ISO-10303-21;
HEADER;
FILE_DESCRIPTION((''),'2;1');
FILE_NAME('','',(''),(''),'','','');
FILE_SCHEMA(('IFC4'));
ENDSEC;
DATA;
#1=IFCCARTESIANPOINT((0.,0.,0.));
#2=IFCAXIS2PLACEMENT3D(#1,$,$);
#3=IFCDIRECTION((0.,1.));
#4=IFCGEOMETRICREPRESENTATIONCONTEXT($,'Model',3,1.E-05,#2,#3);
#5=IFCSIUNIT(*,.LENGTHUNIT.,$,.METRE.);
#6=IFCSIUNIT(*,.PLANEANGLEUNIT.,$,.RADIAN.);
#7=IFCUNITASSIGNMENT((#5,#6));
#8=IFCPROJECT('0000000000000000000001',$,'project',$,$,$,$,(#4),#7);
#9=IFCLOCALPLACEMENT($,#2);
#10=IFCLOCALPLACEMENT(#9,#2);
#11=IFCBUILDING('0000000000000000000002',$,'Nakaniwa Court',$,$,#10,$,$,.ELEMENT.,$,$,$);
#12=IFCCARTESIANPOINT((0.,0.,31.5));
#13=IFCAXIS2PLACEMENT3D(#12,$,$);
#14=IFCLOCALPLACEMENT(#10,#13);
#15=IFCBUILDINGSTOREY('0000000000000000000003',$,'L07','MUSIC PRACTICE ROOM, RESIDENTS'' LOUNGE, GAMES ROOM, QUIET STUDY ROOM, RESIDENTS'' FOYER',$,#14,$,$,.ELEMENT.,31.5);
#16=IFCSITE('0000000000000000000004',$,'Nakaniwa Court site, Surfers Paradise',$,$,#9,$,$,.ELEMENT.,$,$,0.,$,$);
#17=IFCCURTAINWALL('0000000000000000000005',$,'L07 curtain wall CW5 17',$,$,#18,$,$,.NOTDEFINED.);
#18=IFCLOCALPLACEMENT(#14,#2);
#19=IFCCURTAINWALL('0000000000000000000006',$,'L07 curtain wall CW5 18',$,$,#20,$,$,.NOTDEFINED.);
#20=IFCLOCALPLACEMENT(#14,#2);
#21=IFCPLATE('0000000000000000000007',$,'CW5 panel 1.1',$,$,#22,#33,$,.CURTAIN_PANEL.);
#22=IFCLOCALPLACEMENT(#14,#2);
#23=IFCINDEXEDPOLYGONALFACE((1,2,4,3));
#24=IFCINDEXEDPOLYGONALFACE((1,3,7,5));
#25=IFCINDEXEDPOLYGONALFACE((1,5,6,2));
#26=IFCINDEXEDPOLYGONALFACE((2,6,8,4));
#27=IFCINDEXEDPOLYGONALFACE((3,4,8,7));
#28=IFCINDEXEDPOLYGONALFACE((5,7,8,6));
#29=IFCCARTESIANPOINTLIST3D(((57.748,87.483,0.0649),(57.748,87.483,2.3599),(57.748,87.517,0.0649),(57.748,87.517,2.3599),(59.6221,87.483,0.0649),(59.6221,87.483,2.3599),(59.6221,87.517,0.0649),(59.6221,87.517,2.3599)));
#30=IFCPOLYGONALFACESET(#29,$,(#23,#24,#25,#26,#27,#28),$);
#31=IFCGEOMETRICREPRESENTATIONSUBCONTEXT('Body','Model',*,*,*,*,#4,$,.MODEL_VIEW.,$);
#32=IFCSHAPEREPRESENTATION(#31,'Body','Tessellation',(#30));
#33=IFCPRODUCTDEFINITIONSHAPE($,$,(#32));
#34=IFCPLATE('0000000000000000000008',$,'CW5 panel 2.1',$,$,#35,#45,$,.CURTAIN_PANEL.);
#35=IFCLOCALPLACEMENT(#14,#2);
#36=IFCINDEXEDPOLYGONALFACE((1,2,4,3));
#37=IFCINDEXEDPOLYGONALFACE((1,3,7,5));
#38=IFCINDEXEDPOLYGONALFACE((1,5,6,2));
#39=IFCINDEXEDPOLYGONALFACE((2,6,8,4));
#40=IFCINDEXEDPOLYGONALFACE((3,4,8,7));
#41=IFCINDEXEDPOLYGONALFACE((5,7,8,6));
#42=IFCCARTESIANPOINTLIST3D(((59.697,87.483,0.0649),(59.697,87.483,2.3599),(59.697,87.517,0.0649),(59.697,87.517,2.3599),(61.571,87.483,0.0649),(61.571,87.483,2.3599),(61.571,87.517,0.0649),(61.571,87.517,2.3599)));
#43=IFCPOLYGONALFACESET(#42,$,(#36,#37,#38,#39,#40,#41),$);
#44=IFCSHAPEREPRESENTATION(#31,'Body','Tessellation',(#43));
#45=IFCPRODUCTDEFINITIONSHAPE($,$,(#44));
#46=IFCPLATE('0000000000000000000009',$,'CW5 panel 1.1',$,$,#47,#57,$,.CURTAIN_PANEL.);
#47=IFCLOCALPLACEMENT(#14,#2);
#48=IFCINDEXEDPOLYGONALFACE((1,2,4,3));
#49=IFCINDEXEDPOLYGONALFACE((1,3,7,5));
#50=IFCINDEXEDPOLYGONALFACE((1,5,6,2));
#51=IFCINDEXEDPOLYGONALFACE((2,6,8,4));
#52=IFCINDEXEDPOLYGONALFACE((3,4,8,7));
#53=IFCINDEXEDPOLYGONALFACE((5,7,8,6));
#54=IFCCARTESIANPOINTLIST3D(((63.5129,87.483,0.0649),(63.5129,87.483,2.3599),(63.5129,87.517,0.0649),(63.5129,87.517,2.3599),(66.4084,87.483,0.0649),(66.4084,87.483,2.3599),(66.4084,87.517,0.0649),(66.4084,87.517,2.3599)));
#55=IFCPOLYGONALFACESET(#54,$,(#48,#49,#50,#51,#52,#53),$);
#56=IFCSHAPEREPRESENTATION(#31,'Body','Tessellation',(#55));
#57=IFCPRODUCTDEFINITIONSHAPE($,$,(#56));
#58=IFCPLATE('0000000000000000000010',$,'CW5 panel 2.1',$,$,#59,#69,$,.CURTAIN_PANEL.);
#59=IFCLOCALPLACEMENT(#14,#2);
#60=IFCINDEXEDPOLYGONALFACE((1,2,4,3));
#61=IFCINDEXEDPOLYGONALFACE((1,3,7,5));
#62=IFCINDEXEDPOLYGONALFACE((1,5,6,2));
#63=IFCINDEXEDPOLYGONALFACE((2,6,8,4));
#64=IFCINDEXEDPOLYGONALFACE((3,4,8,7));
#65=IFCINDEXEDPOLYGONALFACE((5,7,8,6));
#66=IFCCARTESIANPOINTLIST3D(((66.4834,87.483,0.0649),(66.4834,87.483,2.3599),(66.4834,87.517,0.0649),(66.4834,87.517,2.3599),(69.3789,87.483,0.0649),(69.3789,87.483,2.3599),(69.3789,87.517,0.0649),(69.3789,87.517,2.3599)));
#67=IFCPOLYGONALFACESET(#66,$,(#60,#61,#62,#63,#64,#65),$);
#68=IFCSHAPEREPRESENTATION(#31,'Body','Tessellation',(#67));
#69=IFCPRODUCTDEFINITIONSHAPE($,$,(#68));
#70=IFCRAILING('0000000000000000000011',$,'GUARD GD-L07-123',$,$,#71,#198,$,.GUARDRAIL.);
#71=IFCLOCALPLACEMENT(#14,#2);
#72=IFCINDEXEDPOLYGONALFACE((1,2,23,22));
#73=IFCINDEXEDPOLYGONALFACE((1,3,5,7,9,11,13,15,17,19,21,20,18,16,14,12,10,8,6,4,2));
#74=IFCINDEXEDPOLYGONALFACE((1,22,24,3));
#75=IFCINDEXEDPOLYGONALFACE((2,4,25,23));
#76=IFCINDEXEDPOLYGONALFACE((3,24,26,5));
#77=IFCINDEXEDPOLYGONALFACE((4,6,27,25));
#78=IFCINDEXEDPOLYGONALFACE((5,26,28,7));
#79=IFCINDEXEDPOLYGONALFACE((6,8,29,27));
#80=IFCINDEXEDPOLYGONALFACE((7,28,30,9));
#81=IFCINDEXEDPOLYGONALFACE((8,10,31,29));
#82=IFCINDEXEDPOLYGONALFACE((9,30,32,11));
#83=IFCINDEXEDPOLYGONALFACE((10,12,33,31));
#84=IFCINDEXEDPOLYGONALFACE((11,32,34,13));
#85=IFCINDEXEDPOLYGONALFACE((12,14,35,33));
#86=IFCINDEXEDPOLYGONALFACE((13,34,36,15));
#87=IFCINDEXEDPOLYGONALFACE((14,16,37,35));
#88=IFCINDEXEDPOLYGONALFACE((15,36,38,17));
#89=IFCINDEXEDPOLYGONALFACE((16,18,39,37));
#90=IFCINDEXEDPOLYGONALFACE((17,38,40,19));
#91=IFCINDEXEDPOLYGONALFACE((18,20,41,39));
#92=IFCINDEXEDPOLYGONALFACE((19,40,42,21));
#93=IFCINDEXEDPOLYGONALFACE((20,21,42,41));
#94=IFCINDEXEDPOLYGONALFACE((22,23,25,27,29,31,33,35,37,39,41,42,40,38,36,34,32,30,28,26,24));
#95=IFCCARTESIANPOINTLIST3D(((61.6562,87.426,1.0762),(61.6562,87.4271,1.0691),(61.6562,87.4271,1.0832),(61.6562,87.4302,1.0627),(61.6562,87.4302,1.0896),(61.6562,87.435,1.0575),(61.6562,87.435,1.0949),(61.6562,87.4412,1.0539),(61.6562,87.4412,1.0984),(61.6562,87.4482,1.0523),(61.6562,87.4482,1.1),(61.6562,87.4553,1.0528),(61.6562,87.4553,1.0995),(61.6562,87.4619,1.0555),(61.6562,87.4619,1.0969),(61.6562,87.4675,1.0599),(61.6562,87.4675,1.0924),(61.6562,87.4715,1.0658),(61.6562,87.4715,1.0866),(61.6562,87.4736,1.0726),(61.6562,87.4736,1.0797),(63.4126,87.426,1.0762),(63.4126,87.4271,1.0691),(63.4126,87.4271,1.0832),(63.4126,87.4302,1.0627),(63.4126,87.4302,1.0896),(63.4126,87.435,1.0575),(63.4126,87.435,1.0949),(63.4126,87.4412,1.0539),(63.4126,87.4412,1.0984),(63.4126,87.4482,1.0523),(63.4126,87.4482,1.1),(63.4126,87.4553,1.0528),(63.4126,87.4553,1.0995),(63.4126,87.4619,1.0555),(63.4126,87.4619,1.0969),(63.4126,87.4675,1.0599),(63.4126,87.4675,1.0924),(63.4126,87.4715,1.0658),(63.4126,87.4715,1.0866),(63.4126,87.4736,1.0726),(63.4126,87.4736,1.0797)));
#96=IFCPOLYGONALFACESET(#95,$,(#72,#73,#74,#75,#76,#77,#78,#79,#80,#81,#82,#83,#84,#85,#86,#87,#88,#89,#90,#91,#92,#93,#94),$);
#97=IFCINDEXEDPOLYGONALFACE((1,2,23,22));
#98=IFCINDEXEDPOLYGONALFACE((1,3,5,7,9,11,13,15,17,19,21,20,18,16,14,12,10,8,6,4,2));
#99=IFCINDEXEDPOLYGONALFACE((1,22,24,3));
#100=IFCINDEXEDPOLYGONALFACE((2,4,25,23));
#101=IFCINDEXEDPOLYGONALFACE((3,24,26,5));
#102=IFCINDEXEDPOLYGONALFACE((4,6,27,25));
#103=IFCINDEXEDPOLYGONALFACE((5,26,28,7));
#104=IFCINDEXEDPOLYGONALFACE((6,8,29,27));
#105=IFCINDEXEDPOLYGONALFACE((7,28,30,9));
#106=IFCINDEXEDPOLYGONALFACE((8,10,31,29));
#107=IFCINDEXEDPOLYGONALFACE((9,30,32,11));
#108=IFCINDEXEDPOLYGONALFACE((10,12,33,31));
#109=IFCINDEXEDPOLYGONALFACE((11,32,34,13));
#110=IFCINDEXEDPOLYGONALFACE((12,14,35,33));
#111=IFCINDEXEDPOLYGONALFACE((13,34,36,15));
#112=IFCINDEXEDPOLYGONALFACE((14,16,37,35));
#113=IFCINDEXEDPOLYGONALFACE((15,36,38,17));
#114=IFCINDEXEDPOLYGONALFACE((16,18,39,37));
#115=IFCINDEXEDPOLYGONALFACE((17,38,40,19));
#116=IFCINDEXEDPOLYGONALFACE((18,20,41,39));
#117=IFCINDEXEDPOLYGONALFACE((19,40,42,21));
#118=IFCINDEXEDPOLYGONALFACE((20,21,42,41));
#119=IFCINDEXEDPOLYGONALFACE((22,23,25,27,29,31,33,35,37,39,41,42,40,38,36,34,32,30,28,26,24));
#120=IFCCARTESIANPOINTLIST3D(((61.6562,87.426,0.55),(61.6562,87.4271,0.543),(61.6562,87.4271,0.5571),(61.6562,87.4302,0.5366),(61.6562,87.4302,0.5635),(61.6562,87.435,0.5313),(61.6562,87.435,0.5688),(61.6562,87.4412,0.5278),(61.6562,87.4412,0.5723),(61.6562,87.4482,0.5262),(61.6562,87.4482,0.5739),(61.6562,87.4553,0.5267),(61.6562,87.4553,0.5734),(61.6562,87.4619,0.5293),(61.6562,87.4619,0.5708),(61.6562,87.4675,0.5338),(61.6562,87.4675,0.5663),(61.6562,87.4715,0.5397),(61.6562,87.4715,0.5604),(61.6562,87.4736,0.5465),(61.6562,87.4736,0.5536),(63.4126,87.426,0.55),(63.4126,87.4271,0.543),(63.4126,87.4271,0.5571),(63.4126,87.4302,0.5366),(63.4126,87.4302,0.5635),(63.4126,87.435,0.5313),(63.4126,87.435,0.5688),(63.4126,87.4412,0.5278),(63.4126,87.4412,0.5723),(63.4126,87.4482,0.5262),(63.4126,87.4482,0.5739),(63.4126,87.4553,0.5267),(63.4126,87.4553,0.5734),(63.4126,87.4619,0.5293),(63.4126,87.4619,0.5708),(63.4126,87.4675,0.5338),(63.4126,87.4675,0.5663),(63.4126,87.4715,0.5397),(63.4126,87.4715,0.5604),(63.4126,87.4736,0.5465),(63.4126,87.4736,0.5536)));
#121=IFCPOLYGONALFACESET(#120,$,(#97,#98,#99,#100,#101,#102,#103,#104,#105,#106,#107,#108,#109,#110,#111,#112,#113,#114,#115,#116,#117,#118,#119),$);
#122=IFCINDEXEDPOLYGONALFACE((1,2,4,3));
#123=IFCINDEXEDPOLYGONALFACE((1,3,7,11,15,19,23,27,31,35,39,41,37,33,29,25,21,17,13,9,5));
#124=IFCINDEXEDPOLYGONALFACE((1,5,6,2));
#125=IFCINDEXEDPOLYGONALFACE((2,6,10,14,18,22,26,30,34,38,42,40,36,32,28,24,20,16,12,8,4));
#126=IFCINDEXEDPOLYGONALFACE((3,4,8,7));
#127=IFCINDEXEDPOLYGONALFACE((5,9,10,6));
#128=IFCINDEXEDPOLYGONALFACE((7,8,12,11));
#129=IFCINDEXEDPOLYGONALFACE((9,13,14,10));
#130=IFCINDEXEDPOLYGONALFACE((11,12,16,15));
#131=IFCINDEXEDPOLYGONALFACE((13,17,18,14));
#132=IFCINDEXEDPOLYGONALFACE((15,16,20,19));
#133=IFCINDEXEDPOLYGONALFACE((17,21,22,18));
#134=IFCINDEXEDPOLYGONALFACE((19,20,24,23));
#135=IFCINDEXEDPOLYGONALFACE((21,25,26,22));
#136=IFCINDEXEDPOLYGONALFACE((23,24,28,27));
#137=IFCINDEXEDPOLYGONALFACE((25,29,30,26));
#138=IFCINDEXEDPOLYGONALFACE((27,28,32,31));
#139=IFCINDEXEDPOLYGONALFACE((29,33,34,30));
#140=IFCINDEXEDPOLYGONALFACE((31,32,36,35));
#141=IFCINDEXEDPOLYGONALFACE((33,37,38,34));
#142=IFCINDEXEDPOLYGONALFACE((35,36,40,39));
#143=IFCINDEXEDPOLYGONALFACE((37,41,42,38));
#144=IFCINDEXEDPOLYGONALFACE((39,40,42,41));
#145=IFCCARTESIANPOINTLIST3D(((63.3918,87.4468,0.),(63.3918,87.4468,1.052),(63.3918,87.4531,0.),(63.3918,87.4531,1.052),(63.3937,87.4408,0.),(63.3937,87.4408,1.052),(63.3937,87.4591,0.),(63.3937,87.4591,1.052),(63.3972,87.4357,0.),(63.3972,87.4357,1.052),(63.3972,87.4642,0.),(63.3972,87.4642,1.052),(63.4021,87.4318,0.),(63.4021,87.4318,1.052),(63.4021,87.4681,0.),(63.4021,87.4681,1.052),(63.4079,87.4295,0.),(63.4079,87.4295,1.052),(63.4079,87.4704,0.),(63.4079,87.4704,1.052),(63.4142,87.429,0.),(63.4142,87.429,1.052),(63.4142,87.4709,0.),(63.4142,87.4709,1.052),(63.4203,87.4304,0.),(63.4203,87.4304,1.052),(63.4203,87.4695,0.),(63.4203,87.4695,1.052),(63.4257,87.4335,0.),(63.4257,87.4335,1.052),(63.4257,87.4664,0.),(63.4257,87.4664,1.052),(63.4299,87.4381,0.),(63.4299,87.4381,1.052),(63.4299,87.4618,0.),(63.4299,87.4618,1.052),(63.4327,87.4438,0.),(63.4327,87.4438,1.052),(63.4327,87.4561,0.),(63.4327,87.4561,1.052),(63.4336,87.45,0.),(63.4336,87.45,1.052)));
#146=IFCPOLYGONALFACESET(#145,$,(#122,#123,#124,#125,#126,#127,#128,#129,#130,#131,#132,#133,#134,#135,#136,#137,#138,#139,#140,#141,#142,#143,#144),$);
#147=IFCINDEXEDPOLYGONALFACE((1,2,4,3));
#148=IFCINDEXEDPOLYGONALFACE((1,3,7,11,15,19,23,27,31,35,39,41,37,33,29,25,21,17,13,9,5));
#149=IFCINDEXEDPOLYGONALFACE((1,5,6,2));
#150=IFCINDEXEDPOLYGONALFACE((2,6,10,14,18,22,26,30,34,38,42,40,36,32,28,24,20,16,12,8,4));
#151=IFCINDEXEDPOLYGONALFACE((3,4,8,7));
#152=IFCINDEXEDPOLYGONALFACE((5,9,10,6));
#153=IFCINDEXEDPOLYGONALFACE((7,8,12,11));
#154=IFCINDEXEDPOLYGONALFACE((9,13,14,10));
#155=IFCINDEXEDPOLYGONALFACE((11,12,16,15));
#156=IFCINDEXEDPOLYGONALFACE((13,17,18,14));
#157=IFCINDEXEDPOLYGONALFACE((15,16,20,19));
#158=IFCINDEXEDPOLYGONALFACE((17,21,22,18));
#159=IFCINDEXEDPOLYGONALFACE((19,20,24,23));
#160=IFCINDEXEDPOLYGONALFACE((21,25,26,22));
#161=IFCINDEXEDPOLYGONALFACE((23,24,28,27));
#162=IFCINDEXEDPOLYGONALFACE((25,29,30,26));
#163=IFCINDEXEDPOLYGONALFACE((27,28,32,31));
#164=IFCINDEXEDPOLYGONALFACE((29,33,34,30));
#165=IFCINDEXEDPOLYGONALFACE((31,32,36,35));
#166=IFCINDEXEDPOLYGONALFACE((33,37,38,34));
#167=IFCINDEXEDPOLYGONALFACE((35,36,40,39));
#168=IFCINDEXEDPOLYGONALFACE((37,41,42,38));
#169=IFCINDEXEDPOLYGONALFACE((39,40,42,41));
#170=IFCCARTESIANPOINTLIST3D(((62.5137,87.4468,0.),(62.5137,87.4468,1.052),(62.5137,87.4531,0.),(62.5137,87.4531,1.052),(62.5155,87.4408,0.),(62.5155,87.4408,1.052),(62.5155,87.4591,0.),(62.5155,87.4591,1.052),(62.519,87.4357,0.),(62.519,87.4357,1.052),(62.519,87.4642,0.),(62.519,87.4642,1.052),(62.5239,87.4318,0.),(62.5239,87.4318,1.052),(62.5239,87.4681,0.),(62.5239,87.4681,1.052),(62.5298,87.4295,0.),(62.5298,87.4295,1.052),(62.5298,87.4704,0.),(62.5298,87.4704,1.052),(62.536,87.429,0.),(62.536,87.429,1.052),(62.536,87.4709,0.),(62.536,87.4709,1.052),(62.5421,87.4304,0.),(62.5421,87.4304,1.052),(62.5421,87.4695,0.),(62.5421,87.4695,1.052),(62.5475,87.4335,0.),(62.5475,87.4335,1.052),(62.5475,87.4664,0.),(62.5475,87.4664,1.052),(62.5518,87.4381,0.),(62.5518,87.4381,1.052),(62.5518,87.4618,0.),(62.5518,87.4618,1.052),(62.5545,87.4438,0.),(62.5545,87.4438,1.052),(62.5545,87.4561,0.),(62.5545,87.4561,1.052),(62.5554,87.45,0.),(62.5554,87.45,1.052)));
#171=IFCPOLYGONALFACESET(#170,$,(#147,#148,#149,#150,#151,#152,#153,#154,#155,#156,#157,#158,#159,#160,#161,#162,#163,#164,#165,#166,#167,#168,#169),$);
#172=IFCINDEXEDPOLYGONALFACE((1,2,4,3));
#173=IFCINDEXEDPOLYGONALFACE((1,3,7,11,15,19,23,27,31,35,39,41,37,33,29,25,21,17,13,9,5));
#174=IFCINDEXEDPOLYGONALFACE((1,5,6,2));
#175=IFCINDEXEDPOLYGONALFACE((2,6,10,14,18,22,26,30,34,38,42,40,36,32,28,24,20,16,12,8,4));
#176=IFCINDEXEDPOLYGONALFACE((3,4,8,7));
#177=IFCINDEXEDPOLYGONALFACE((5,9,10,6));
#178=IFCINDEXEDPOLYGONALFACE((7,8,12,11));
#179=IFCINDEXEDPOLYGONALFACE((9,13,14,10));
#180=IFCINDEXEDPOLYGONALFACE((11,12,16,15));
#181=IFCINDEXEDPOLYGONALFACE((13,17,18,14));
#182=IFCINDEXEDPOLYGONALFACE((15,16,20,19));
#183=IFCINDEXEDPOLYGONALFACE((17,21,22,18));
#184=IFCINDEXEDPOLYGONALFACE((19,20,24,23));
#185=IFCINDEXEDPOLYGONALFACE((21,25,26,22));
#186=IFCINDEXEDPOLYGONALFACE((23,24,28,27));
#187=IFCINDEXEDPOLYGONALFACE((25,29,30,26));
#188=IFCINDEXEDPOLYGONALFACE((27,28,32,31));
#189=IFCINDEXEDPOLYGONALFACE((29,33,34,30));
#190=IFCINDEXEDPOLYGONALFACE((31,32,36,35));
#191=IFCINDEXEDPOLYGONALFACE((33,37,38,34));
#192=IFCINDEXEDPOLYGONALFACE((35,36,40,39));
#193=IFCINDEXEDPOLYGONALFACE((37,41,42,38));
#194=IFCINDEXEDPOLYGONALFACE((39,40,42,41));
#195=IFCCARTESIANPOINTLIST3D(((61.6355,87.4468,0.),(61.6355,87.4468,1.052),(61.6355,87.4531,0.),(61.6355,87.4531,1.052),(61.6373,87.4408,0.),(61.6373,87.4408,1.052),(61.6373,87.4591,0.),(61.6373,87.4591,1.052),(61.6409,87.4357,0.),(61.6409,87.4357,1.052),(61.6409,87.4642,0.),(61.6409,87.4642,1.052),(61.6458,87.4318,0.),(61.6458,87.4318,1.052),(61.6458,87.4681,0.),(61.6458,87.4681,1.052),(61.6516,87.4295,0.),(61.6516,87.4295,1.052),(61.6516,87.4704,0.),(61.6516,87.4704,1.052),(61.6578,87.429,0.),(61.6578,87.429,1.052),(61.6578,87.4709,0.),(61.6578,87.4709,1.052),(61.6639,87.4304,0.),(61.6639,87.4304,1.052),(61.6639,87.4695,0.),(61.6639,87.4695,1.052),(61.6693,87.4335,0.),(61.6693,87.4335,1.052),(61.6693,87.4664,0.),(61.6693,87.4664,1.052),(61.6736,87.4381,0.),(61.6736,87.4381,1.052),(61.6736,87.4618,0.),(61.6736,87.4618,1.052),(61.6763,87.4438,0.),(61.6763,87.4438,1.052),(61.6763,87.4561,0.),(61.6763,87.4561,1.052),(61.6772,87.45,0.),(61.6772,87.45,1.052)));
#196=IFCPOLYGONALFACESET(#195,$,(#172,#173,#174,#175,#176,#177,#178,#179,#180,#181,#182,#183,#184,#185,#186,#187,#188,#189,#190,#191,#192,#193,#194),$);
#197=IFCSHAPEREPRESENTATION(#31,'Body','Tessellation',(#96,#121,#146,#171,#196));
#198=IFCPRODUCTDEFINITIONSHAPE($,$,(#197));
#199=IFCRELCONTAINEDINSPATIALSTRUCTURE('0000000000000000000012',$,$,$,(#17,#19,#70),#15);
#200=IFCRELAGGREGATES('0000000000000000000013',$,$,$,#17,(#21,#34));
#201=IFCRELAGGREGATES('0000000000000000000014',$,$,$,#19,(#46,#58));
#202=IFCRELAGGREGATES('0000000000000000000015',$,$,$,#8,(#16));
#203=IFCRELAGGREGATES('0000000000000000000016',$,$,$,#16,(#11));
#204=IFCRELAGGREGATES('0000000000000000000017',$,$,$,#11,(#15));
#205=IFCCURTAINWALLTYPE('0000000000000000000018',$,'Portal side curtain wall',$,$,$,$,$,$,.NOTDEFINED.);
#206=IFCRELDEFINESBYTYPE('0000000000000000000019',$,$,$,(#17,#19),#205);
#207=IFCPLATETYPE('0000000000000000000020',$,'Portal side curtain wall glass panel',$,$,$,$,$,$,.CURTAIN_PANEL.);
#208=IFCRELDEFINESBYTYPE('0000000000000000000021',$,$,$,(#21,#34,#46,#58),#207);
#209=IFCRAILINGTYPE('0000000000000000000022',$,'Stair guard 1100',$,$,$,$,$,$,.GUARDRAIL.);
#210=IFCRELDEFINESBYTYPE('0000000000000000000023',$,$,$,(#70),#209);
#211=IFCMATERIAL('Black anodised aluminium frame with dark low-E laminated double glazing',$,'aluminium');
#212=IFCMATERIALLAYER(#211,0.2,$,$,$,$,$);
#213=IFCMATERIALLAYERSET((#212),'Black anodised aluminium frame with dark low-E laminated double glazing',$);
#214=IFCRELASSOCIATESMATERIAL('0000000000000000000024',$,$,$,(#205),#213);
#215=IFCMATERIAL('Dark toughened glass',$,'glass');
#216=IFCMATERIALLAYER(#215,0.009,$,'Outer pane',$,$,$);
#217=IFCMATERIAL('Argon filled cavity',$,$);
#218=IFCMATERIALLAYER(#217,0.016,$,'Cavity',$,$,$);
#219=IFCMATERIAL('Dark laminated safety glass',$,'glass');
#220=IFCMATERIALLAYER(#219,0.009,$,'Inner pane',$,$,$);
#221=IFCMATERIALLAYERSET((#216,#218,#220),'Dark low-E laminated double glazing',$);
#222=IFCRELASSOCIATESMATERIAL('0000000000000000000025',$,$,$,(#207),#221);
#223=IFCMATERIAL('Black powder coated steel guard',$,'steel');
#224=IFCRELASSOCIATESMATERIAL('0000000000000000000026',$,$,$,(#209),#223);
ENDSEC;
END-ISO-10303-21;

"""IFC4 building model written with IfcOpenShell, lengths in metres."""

from ifc_helpers import new_model, si_unit, direction, frame, origin, origin_2d, place, context, subcontext, project, spatial, rectangle, circle, extrude, material, layer, layer_set, type_object, element, aggregate, save


model = new_model("IFC4")

# Units and contexts
model_context = context("Model", 3, precision=1e-05, world=origin(), true_north=direction((0.0, 1.0)))
body_context = subcontext(model_context, "Body", "Model", "MODEL_VIEW")
ifc_project = project(units=[si_unit("LENGTHUNIT", "METRE"), si_unit("PLANEANGLEUNIT", "RADIAN")], contexts=[model_context])

# Site, building, storey
site_placement = place(None, origin())
site = spatial("IfcSite", under=ifc_project, at=site_placement, Name="Nakaniwa Court site, Surfers Paradise", CompositionType="ELEMENT", RefElevation=0.0)
building_placement = place(site_placement, origin())
building = spatial("IfcBuilding", under=site, at=building_placement, Name="Nakaniwa Court", CompositionType="ELEMENT")
storey_placement = place(building_placement, frame((0.0, 0.0, 31.5)))
storey = spatial("IfcBuildingStorey", under=building, at=storey_placement, Name="L07", Description="MUSIC PRACTICE ROOM, RESIDENTS' LOUNGE, GAMES ROOM, QUIET STUDY ROOM, RESIDENTS' FOYER", CompositionType="ELEMENT", Elevation=31.5)

# Curtain walls
ifc_material_1 = material(Name="Black anodised aluminium frame with dark low-E laminated double glazing", Category="aluminium")
ifc_layer_1 = layer(ifc_material_1, 0.2)
ifc_layer_set_1 = layer_set([ifc_layer_1], Name="Black anodised aluminium frame with dark low-E laminated double glazing")
curtain_wall_type = type_object("IfcCurtainWallType", Name="Portal side curtain wall", PredefinedType="NOTDEFINED", material=ifc_layer_set_1)
curtain_wall_1_placement = place(storey_placement, origin())
curtain_wall_1 = element("IfcCurtainWall", 1, at=curtain_wall_1_placement, inside=storey, type_object=curtain_wall_type, Name="L07 curtain wall CW5 17", PredefinedType="NOTDEFINED")
curtain_wall_2_placement = place(storey_placement, origin())
curtain_wall_2 = element("IfcCurtainWall", 2, at=curtain_wall_2_placement, inside=storey, type_object=curtain_wall_type, Name="L07 curtain wall CW5 18", PredefinedType="NOTDEFINED")

# Plates
ifc_material_2 = material(Name="Dark toughened glass", Category="glass")
ifc_layer_2 = layer(ifc_material_2, 0.009, Name="Outer pane")
ifc_material_3 = material(Name="Argon filled cavity")
ifc_layer_3 = layer(ifc_material_3, 0.016, Name="Cavity")
ifc_material_4 = material(Name="Dark laminated safety glass", Category="glass")
ifc_layer_4 = layer(ifc_material_4, 0.009, Name="Inner pane")
ifc_layer_set_2 = layer_set([ifc_layer_2, ifc_layer_3, ifc_layer_4], Name="Dark low-E laminated double glazing")
plate_type = type_object("IfcPlateType", Name="Portal side curtain wall glass panel", PredefinedType="CURTAIN_PANEL", material=ifc_layer_set_2)
plate_1_placement = place(storey_placement, frame((58.6851, 87.5, 0.0649), z_axis=(0.0, 0.0, 1.0), x_axis=(1.0, 0.0, 0.0)))
plate_1 = element("IfcPlate", 3, at=plate_1_placement, type_object=plate_type, Name="CW5 panel 1.1", PredefinedType="CURTAIN_PANEL", context=body_context, shape_type="SweptSolid", body=[
    extrude(rectangle(XDim=1.874, YDim=0.0339, at=origin_2d()), origin(), (0.0, 0.0, 1.0), 2.2949),
])
plate_2_placement = place(storey_placement, frame((60.634, 87.5, 0.0649), z_axis=(0.0, 0.0, 1.0), x_axis=(1.0, 0.0, 0.0)))
plate_2 = element("IfcPlate", 4, at=plate_2_placement, type_object=plate_type, Name="CW5 panel 2.1", PredefinedType="CURTAIN_PANEL", context=body_context, shape_type="SweptSolid", body=[
    extrude(rectangle(XDim=1.874, YDim=0.0339, at=origin_2d()), origin(), (0.0, 0.0, 1.0), 2.2949),
])
aggregate(curtain_wall_1, [plate_1, plate_2])
plate_3_placement = place(storey_placement, frame((64.9607, 87.5, 0.0649), z_axis=(0.0, 0.0, 1.0), x_axis=(1.0, 0.0, 0.0)))
plate_3 = element("IfcPlate", 5, at=plate_3_placement, type_object=plate_type, Name="CW5 panel 1.1", PredefinedType="CURTAIN_PANEL", context=body_context, shape_type="SweptSolid", body=[
    extrude(rectangle(XDim=2.8955, YDim=0.0339, at=origin_2d()), origin(), (0.0, 0.0, 1.0), 2.2949),
])
plate_4_placement = place(storey_placement, frame((67.9312, 87.5, 0.0649), z_axis=(0.0, 0.0, 1.0), x_axis=(1.0, 0.0, 0.0)))
plate_4 = element("IfcPlate", 6, at=plate_4_placement, type_object=plate_type, Name="CW5 panel 2.1", PredefinedType="CURTAIN_PANEL", context=body_context, shape_type="SweptSolid", body=[
    extrude(rectangle(XDim=2.8955, YDim=0.0339, at=origin_2d()), origin(), (0.0, 0.0, 1.0), 2.2949),
])
aggregate(curtain_wall_2, [plate_3, plate_4])

# Railing
ifc_material_5 = material(Name="Black powder coated steel guard", Category="steel")
railing_type = type_object("IfcRailingType", Name="Stair guard 1100", PredefinedType="GUARDRAIL", material=ifc_material_5)
railing_1_placement = place(storey_placement, frame((63.4126, 87.45, 0.0)))
element("IfcRailing", 7, at=railing_1_placement, inside=storey, type_object=railing_type, Name="GUARD GD-L07-123", PredefinedType="GUARDRAIL", context=body_context, shape_type="SweptSolid", body=[
    extrude(circle(Radius=0.0239, at=origin_2d()), frame((0.0, 0.0, 1.0762), z_axis=(-1.0, 0.0, 0.0), x_axis=(0.0, -1.0, 0.0)), (0.0, 0.0, 1.0), 1.7563),
    extrude(circle(Radius=0.0239, at=origin_2d()), frame((0.0, 0.0, 0.55), z_axis=(-1.0, 0.0, 0.0), x_axis=(0.0, -1.0, 0.0)), (0.0, 0.0, 1.0), 1.7563),
    extrude(circle(Radius=0.021, at=origin_2d()), origin(), (0.0, 0.0, 1.0), 1.052),
    extrude(circle(Radius=0.021, at=origin_2d()), frame((-0.8782, 0.0, 0.0)), (0.0, 0.0, 1.0), 1.052),
    extrude(circle(Radius=0.021, at=origin_2d()), frame((-1.7563, 0.0, 0.0)), (0.0, 0.0, 1.0), 1.052),
])

save(model, "model.ifc")
